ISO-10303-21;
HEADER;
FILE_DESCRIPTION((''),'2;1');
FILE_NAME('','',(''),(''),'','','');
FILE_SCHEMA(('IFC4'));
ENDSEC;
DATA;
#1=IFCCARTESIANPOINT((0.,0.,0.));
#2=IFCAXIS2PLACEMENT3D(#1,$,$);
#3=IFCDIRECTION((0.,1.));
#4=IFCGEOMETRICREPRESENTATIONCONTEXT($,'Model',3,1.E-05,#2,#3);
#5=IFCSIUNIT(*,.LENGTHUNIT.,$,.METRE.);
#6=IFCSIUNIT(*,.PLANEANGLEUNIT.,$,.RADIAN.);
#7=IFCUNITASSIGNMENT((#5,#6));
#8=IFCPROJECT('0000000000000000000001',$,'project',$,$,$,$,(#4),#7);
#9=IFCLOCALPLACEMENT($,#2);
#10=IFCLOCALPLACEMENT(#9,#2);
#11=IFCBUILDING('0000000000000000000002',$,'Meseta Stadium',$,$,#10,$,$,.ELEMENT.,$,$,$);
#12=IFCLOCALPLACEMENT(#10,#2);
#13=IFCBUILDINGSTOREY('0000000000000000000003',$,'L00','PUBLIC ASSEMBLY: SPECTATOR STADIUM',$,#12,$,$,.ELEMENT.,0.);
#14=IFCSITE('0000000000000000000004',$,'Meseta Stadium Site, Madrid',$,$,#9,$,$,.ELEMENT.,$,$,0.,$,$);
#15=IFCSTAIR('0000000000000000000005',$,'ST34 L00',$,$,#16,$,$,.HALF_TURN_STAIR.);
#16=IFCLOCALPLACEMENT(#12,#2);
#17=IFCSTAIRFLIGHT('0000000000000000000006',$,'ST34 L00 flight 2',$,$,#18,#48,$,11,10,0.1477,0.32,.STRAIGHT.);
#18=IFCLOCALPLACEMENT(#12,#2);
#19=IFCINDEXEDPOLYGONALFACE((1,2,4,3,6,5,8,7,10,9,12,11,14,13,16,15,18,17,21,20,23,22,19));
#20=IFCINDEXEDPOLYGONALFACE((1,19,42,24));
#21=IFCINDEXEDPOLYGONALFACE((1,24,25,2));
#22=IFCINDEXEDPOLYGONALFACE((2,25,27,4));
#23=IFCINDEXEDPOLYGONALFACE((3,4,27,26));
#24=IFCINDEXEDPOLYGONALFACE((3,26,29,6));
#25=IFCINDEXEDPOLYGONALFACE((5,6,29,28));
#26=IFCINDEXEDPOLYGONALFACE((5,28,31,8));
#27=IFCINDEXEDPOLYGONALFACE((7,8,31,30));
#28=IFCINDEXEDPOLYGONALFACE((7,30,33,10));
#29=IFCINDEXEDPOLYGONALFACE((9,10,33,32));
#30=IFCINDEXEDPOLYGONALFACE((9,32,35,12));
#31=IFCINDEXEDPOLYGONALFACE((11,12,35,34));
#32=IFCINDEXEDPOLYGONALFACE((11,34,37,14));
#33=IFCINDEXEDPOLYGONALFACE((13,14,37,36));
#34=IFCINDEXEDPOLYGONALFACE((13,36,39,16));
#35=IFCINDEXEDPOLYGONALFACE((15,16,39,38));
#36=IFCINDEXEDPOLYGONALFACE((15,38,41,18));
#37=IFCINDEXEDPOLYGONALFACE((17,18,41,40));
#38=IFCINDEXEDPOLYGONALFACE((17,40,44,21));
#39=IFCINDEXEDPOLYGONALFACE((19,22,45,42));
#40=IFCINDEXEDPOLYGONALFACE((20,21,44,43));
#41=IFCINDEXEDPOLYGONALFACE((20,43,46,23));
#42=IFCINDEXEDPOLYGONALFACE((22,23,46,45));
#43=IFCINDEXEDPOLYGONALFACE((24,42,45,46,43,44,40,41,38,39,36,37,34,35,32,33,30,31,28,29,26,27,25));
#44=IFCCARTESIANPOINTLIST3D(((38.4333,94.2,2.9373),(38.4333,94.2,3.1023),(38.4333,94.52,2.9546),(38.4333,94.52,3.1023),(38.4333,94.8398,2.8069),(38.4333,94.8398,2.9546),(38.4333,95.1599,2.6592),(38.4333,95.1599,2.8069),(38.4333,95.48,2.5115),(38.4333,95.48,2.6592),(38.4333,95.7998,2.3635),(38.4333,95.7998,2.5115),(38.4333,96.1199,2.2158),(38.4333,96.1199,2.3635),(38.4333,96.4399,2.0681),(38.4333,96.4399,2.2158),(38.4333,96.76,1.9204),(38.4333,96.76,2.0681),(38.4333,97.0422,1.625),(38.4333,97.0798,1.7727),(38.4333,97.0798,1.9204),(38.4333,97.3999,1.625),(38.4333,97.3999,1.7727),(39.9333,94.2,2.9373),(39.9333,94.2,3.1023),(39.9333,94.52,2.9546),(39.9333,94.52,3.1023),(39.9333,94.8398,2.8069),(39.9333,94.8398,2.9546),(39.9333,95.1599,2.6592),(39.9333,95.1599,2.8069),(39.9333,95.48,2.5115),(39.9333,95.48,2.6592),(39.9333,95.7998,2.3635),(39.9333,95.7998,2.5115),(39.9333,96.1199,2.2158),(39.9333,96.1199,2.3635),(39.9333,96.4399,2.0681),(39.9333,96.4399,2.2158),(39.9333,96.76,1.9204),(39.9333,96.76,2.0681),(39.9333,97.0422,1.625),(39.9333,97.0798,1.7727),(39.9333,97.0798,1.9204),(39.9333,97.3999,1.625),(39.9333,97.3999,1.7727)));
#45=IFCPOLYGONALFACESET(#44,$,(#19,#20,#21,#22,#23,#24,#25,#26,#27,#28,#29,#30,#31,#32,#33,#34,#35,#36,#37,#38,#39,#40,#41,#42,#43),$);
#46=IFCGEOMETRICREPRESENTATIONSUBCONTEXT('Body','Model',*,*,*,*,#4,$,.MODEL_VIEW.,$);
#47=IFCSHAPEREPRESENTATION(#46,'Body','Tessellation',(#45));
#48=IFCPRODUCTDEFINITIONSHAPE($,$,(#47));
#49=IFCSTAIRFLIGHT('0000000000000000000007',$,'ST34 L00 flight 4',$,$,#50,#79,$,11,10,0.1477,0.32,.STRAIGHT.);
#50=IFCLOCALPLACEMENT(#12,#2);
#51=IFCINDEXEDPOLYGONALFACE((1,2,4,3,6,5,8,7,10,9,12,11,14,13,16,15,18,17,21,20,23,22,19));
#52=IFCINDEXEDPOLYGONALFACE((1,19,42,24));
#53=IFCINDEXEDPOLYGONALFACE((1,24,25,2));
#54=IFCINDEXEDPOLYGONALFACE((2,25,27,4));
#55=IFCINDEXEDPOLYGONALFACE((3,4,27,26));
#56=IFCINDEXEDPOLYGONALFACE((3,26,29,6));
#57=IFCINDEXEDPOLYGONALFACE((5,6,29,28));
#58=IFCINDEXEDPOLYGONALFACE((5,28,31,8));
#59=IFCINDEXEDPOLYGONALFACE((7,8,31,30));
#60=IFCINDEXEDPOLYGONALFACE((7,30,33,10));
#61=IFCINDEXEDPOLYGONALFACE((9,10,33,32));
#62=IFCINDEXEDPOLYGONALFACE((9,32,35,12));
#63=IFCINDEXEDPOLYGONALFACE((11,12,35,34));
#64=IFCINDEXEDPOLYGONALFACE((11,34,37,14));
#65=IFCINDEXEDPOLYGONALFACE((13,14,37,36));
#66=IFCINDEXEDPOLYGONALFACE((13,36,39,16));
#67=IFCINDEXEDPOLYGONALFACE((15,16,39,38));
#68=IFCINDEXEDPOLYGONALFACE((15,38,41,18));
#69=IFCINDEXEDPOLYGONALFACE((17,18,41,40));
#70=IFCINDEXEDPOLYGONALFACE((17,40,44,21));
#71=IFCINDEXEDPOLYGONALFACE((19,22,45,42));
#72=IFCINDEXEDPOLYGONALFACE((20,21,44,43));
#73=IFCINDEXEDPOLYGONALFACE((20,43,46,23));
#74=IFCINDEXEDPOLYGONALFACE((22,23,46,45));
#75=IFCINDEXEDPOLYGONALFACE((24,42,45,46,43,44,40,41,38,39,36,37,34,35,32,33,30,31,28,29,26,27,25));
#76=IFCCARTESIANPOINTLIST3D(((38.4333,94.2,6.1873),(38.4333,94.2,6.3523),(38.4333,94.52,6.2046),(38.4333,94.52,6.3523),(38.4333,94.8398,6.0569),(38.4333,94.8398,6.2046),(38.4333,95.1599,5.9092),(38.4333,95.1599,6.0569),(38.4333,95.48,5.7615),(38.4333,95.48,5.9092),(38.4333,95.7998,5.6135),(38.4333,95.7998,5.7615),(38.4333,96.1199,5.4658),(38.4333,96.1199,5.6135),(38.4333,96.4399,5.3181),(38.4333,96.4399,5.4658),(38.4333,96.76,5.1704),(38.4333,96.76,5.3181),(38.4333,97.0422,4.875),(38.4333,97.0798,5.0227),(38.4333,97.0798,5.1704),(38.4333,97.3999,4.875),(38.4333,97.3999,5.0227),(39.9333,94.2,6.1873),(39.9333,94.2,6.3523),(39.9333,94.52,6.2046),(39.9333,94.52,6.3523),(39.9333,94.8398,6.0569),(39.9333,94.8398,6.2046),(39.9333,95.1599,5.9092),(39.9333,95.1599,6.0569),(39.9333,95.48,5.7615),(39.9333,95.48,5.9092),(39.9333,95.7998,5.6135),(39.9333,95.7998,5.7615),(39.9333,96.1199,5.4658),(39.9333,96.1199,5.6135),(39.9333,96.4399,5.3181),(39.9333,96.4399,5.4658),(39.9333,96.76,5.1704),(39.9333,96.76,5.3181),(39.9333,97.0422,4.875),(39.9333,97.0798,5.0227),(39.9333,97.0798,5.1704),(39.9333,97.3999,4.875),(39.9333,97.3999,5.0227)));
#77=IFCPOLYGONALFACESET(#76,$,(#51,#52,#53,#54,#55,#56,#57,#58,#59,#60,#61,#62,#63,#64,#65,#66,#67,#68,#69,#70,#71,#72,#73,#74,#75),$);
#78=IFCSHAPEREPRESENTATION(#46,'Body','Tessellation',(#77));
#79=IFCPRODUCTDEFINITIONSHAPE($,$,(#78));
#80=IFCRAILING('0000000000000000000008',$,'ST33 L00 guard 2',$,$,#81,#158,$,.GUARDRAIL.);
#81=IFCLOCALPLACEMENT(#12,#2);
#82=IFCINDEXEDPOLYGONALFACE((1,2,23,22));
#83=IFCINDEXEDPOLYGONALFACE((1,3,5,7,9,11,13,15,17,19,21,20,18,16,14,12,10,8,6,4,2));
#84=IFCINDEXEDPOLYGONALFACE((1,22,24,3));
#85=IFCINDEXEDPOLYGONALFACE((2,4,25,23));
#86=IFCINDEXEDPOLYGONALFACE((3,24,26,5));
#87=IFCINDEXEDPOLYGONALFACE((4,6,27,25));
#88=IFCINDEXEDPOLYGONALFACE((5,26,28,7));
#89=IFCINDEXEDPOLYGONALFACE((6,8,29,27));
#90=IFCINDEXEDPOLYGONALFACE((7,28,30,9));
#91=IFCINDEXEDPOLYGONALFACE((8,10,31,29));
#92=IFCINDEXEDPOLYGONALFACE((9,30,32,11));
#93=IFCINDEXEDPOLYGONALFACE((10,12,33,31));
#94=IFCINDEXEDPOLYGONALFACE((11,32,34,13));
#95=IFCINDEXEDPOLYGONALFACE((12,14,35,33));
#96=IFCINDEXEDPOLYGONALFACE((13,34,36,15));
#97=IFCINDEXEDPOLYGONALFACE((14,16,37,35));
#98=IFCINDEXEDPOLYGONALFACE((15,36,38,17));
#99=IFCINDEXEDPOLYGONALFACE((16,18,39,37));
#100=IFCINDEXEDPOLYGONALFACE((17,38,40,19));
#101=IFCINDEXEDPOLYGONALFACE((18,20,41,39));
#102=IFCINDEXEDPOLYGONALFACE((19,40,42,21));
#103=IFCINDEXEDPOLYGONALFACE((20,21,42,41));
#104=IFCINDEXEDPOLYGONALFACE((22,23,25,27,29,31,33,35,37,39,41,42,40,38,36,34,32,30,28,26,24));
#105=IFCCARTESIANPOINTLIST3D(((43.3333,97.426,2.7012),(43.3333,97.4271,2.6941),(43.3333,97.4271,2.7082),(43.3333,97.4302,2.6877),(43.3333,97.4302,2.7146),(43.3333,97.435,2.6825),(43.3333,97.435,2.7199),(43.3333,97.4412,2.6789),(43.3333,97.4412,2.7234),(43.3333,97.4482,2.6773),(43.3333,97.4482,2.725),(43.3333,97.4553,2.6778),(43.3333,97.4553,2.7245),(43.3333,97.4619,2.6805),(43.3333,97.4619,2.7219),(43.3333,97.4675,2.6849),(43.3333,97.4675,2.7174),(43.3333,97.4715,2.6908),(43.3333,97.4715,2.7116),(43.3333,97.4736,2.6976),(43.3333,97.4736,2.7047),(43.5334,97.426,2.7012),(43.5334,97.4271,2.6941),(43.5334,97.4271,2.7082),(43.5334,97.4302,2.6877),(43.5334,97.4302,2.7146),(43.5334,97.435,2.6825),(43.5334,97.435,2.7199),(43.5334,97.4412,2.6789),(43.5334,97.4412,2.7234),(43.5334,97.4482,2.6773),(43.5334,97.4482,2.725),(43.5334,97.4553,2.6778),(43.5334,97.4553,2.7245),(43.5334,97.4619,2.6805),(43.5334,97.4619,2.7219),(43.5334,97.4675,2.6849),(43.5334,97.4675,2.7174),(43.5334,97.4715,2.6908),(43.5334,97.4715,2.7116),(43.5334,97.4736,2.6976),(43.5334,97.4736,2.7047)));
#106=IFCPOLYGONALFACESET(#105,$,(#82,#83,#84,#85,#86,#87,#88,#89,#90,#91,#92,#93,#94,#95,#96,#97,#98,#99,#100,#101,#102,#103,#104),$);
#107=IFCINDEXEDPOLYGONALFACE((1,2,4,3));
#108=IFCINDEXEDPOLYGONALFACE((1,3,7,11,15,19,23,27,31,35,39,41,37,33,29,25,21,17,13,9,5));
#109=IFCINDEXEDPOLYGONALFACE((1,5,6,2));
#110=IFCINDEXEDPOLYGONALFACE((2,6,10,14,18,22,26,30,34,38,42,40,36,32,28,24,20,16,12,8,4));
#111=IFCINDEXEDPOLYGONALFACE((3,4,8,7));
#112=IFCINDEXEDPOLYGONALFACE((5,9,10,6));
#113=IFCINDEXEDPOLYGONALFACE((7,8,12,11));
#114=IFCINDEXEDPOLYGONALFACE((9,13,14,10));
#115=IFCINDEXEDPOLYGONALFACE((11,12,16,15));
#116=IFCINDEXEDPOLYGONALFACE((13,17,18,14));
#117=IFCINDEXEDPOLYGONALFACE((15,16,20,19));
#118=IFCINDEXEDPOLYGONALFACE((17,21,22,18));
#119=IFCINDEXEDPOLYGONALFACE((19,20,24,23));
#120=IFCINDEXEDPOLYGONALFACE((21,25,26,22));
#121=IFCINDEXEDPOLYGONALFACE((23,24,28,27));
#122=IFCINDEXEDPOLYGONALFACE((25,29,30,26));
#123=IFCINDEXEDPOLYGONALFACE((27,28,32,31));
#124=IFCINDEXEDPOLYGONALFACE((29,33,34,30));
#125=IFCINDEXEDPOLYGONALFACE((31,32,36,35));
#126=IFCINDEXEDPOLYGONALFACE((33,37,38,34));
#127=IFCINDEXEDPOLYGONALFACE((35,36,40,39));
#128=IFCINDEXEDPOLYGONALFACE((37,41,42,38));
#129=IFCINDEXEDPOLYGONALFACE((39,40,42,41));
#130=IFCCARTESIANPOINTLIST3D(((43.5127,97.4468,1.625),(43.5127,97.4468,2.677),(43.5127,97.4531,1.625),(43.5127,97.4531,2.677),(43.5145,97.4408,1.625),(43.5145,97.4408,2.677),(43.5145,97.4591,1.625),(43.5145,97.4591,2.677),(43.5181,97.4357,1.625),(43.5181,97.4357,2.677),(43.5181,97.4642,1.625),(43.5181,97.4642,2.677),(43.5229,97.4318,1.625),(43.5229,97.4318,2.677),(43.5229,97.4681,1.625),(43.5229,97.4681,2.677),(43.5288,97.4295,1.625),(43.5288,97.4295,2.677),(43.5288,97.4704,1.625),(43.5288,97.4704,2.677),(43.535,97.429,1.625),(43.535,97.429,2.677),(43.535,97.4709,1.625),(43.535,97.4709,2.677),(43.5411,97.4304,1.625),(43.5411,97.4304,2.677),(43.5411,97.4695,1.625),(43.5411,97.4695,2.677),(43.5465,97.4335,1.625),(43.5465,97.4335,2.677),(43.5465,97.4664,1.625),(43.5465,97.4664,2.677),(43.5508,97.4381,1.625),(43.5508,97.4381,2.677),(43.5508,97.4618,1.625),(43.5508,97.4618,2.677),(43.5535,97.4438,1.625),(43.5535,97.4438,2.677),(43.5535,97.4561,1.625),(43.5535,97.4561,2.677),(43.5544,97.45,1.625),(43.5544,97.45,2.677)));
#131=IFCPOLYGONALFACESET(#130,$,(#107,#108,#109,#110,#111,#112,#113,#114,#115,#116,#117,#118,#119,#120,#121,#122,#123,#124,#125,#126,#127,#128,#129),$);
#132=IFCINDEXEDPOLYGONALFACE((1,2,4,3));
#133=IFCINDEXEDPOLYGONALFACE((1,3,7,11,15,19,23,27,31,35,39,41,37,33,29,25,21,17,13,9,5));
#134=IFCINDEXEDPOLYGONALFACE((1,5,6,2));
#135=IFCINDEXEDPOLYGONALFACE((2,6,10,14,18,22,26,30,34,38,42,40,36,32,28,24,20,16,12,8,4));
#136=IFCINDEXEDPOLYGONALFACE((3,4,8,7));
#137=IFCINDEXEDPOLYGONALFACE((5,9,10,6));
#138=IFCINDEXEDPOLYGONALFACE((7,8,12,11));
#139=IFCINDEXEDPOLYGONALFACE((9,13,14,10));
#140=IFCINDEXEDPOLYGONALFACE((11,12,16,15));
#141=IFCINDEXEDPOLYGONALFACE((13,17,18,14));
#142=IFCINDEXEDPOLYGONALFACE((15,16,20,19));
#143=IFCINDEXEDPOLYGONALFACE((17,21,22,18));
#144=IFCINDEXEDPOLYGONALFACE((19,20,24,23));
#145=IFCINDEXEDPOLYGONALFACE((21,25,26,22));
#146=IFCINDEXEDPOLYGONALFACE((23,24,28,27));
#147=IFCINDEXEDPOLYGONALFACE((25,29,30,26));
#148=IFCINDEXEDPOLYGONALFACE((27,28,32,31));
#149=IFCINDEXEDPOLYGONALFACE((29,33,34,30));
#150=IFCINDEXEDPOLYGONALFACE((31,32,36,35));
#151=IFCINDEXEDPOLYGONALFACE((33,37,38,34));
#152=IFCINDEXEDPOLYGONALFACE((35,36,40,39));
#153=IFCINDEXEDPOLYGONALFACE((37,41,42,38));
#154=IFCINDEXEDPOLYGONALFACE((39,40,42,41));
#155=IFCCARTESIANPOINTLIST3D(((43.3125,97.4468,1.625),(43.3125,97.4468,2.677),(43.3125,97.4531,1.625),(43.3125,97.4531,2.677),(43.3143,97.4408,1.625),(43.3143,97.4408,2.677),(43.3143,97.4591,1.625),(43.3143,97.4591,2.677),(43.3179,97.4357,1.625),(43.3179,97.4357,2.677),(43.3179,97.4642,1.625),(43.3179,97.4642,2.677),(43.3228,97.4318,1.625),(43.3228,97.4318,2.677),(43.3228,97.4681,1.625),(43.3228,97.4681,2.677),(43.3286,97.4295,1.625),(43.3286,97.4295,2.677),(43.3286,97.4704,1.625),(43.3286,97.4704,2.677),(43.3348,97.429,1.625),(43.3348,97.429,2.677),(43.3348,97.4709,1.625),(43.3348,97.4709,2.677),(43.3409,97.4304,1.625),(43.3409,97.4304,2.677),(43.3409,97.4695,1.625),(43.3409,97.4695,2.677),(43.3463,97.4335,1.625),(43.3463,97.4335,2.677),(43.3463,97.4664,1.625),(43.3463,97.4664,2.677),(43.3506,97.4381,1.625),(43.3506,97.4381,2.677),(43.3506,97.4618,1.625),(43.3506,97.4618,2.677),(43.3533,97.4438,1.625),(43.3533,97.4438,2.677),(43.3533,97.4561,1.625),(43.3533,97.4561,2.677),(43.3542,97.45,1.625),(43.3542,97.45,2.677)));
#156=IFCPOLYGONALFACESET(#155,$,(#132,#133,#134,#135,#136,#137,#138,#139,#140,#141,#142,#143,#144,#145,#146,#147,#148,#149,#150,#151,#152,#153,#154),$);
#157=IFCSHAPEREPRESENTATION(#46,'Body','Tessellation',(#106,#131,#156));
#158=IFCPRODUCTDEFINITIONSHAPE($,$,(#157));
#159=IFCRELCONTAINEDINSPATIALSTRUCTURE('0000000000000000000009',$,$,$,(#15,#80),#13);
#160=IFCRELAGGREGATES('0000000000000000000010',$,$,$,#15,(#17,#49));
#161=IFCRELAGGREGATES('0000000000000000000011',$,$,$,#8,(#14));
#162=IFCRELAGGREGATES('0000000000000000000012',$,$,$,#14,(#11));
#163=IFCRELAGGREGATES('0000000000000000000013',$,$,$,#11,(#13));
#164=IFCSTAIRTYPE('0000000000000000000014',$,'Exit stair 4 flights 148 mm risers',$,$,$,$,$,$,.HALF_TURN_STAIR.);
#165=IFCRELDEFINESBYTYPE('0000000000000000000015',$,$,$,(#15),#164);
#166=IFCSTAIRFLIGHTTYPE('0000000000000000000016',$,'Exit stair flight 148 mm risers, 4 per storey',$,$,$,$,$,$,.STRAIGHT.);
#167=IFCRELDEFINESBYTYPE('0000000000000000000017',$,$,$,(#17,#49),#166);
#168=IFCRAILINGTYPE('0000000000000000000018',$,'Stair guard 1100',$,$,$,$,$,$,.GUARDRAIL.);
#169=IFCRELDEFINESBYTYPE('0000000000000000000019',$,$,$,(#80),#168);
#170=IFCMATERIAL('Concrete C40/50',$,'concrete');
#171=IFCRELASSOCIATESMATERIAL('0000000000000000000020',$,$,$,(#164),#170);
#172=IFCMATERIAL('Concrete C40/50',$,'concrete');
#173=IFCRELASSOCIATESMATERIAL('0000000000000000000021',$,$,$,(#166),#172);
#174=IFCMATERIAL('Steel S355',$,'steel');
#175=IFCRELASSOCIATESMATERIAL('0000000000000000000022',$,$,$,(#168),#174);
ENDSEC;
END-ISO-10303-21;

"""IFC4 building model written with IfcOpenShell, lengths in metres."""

from ifc_helpers import new_model, si_unit, direction, frame, origin, origin_2d, place, context, subcontext, project, spatial, polyline, circle, outline, extrude, material, type_object, element, aggregate, save


model = new_model("IFC4")

# Units and contexts
model_context = context("Model", 3, precision=1e-05, world=origin(), true_north=direction((0.0, 1.0)))
body_context = subcontext(model_context, "Body", "Model", "MODEL_VIEW")
ifc_project = project(units=[si_unit("LENGTHUNIT", "METRE"), si_unit("PLANEANGLEUNIT", "RADIAN")], contexts=[model_context])

# Site, building, storey
site_placement = place(None, origin())
site = spatial("IfcSite", under=ifc_project, at=site_placement, Name="Meseta Stadium Site, Madrid", CompositionType="ELEMENT", RefElevation=0.0)
building_placement = place(site_placement, origin())
building = spatial("IfcBuilding", under=site, at=building_placement, Name="Meseta Stadium", CompositionType="ELEMENT")
storey_placement = place(building_placement, origin())
storey = spatial("IfcBuildingStorey", under=building, at=storey_placement, Name="L00", Description="PUBLIC ASSEMBLY: SPECTATOR STADIUM", CompositionType="ELEMENT", Elevation=0.0)

# Stair, stair flights
ifc_material_1 = material(Name="Concrete C40/50", Category="concrete")
stair_type = type_object("IfcStairType", Name="Exit stair 4 flights 148 mm risers", PredefinedType="HALF_TURN_STAIR", material=ifc_material_1)
ifc_material_2 = material(Name="Concrete C40/50", Category="concrete")
stair_flight_type = type_object("IfcStairFlightType", Name="Exit stair flight 148 mm risers, 4 per storey", PredefinedType="STRAIGHT", material=ifc_material_2)
stair_1_placement = place(storey_placement, origin())
stair_1 = element("IfcStair", 1, at=stair_1_placement, inside=storey, type_object=stair_type, Name="ST34 L00", PredefinedType="HALF_TURN_STAIR")
stair_flight_1_placement = place(storey_placement, frame((39.1833, 97.3999, 1.625), z_axis=(0.0, 0.0, 1.0), x_axis=(0.0, -1.0, 0.0)))
stair_flight_1 = element("IfcStairFlight", 2, at=stair_flight_1_placement, type_object=stair_flight_type, Name="ST34 L00 flight 2", NumberOfRisers=11, NumberOfTreads=10, PredefinedType="STRAIGHT", RiserHeight=0.1477, TreadLength=0.32, context=body_context, shape_type="SweptSolid", body=[
    extrude(outline(polyline([(0.0, 0.0), (0.0, 0.1477), (0.3201, 0.1477), (0.3201, 0.2954), (0.6399, 0.2954), (0.6399, 0.4431), (0.96, 0.4431), (0.96, 0.5908), (1.28, 0.5908), (1.28, 0.7385), (1.6001, 0.7385), (1.6001, 0.8865), (1.9199, 0.8865), (1.9199, 1.0342), (2.24, 1.0342), (2.24, 1.1819), (2.5601, 1.1819), (2.5601, 1.3296), (2.8799, 1.3296), (2.8799, 1.4773), (3.2, 1.4773), (3.2, 1.3123), (0.3577, 0.0), (0.0, 0.0)])), frame((0.0, 0.75, 0.0), z_axis=(0.0, -1.0, 0.0), x_axis=(1.0, 0.0, 0.0)), (0.0, 0.0, 1.0), 1.5),
])
stair_flight_2_placement = place(storey_placement, frame((39.1833, 97.3999, 4.875), z_axis=(0.0, 0.0, 1.0), x_axis=(0.0, -1.0, 0.0)))
stair_flight_2 = element("IfcStairFlight", 3, at=stair_flight_2_placement, type_object=stair_flight_type, Name="ST34 L00 flight 4", NumberOfRisers=11, NumberOfTreads=10, PredefinedType="STRAIGHT", RiserHeight=0.1477, TreadLength=0.32, context=body_context, shape_type="SweptSolid", body=[
    extrude(outline(polyline([(0.0, 0.0), (0.0, 0.1477), (0.3201, 0.1477), (0.3201, 0.2954), (0.6399, 0.2954), (0.6399, 0.4431), (0.96, 0.4431), (0.96, 0.5908), (1.28, 0.5908), (1.28, 0.7385), (1.6001, 0.7385), (1.6001, 0.8865), (1.9199, 0.8865), (1.9199, 1.0342), (2.24, 1.0342), (2.24, 1.1819), (2.5601, 1.1819), (2.5601, 1.3296), (2.8799, 1.3296), (2.8799, 1.4773), (3.2, 1.4773), (3.2, 1.3123), (0.3577, 0.0), (0.0, 0.0)])), frame((0.0, 0.75, 0.0), z_axis=(0.0, -1.0, 0.0), x_axis=(1.0, 0.0, 0.0)), (0.0, 0.0, 1.0), 1.5),
])
aggregate(stair_1, [stair_flight_1, stair_flight_2])

# Railing
ifc_material_3 = material(Name="Steel S355", Category="steel")
railing_type_1 = type_object("IfcRailingType", Name="Stair guard 1100", PredefinedType="GUARDRAIL", material=ifc_material_3)
railing_1_placement = place(storey_placement, frame((43.5334, 97.45, 1.625)))
element("IfcRailing", 4, at=railing_1_placement, inside=storey, type_object=railing_type_1, Name="ST33 L00 guard 2", PredefinedType="GUARDRAIL", context=body_context, shape_type="SweptSolid", body=[
    extrude(circle(Radius=0.0239, at=origin_2d()), frame((0.0, 0.0, 1.0762), z_axis=(-1.0, 0.0, 0.0), x_axis=(0.0, -1.0, 0.0)), (0.0, 0.0, 1.0), 0.2002),
    extrude(circle(Radius=0.021, at=origin_2d()), origin(), (0.0, 0.0, 1.0), 1.052),
    extrude(circle(Radius=0.021, at=origin_2d()), frame((-0.2002, 0.0, 0.0)), (0.0, 0.0, 1.0), 1.052),
])

save(model, "model.ifc")
